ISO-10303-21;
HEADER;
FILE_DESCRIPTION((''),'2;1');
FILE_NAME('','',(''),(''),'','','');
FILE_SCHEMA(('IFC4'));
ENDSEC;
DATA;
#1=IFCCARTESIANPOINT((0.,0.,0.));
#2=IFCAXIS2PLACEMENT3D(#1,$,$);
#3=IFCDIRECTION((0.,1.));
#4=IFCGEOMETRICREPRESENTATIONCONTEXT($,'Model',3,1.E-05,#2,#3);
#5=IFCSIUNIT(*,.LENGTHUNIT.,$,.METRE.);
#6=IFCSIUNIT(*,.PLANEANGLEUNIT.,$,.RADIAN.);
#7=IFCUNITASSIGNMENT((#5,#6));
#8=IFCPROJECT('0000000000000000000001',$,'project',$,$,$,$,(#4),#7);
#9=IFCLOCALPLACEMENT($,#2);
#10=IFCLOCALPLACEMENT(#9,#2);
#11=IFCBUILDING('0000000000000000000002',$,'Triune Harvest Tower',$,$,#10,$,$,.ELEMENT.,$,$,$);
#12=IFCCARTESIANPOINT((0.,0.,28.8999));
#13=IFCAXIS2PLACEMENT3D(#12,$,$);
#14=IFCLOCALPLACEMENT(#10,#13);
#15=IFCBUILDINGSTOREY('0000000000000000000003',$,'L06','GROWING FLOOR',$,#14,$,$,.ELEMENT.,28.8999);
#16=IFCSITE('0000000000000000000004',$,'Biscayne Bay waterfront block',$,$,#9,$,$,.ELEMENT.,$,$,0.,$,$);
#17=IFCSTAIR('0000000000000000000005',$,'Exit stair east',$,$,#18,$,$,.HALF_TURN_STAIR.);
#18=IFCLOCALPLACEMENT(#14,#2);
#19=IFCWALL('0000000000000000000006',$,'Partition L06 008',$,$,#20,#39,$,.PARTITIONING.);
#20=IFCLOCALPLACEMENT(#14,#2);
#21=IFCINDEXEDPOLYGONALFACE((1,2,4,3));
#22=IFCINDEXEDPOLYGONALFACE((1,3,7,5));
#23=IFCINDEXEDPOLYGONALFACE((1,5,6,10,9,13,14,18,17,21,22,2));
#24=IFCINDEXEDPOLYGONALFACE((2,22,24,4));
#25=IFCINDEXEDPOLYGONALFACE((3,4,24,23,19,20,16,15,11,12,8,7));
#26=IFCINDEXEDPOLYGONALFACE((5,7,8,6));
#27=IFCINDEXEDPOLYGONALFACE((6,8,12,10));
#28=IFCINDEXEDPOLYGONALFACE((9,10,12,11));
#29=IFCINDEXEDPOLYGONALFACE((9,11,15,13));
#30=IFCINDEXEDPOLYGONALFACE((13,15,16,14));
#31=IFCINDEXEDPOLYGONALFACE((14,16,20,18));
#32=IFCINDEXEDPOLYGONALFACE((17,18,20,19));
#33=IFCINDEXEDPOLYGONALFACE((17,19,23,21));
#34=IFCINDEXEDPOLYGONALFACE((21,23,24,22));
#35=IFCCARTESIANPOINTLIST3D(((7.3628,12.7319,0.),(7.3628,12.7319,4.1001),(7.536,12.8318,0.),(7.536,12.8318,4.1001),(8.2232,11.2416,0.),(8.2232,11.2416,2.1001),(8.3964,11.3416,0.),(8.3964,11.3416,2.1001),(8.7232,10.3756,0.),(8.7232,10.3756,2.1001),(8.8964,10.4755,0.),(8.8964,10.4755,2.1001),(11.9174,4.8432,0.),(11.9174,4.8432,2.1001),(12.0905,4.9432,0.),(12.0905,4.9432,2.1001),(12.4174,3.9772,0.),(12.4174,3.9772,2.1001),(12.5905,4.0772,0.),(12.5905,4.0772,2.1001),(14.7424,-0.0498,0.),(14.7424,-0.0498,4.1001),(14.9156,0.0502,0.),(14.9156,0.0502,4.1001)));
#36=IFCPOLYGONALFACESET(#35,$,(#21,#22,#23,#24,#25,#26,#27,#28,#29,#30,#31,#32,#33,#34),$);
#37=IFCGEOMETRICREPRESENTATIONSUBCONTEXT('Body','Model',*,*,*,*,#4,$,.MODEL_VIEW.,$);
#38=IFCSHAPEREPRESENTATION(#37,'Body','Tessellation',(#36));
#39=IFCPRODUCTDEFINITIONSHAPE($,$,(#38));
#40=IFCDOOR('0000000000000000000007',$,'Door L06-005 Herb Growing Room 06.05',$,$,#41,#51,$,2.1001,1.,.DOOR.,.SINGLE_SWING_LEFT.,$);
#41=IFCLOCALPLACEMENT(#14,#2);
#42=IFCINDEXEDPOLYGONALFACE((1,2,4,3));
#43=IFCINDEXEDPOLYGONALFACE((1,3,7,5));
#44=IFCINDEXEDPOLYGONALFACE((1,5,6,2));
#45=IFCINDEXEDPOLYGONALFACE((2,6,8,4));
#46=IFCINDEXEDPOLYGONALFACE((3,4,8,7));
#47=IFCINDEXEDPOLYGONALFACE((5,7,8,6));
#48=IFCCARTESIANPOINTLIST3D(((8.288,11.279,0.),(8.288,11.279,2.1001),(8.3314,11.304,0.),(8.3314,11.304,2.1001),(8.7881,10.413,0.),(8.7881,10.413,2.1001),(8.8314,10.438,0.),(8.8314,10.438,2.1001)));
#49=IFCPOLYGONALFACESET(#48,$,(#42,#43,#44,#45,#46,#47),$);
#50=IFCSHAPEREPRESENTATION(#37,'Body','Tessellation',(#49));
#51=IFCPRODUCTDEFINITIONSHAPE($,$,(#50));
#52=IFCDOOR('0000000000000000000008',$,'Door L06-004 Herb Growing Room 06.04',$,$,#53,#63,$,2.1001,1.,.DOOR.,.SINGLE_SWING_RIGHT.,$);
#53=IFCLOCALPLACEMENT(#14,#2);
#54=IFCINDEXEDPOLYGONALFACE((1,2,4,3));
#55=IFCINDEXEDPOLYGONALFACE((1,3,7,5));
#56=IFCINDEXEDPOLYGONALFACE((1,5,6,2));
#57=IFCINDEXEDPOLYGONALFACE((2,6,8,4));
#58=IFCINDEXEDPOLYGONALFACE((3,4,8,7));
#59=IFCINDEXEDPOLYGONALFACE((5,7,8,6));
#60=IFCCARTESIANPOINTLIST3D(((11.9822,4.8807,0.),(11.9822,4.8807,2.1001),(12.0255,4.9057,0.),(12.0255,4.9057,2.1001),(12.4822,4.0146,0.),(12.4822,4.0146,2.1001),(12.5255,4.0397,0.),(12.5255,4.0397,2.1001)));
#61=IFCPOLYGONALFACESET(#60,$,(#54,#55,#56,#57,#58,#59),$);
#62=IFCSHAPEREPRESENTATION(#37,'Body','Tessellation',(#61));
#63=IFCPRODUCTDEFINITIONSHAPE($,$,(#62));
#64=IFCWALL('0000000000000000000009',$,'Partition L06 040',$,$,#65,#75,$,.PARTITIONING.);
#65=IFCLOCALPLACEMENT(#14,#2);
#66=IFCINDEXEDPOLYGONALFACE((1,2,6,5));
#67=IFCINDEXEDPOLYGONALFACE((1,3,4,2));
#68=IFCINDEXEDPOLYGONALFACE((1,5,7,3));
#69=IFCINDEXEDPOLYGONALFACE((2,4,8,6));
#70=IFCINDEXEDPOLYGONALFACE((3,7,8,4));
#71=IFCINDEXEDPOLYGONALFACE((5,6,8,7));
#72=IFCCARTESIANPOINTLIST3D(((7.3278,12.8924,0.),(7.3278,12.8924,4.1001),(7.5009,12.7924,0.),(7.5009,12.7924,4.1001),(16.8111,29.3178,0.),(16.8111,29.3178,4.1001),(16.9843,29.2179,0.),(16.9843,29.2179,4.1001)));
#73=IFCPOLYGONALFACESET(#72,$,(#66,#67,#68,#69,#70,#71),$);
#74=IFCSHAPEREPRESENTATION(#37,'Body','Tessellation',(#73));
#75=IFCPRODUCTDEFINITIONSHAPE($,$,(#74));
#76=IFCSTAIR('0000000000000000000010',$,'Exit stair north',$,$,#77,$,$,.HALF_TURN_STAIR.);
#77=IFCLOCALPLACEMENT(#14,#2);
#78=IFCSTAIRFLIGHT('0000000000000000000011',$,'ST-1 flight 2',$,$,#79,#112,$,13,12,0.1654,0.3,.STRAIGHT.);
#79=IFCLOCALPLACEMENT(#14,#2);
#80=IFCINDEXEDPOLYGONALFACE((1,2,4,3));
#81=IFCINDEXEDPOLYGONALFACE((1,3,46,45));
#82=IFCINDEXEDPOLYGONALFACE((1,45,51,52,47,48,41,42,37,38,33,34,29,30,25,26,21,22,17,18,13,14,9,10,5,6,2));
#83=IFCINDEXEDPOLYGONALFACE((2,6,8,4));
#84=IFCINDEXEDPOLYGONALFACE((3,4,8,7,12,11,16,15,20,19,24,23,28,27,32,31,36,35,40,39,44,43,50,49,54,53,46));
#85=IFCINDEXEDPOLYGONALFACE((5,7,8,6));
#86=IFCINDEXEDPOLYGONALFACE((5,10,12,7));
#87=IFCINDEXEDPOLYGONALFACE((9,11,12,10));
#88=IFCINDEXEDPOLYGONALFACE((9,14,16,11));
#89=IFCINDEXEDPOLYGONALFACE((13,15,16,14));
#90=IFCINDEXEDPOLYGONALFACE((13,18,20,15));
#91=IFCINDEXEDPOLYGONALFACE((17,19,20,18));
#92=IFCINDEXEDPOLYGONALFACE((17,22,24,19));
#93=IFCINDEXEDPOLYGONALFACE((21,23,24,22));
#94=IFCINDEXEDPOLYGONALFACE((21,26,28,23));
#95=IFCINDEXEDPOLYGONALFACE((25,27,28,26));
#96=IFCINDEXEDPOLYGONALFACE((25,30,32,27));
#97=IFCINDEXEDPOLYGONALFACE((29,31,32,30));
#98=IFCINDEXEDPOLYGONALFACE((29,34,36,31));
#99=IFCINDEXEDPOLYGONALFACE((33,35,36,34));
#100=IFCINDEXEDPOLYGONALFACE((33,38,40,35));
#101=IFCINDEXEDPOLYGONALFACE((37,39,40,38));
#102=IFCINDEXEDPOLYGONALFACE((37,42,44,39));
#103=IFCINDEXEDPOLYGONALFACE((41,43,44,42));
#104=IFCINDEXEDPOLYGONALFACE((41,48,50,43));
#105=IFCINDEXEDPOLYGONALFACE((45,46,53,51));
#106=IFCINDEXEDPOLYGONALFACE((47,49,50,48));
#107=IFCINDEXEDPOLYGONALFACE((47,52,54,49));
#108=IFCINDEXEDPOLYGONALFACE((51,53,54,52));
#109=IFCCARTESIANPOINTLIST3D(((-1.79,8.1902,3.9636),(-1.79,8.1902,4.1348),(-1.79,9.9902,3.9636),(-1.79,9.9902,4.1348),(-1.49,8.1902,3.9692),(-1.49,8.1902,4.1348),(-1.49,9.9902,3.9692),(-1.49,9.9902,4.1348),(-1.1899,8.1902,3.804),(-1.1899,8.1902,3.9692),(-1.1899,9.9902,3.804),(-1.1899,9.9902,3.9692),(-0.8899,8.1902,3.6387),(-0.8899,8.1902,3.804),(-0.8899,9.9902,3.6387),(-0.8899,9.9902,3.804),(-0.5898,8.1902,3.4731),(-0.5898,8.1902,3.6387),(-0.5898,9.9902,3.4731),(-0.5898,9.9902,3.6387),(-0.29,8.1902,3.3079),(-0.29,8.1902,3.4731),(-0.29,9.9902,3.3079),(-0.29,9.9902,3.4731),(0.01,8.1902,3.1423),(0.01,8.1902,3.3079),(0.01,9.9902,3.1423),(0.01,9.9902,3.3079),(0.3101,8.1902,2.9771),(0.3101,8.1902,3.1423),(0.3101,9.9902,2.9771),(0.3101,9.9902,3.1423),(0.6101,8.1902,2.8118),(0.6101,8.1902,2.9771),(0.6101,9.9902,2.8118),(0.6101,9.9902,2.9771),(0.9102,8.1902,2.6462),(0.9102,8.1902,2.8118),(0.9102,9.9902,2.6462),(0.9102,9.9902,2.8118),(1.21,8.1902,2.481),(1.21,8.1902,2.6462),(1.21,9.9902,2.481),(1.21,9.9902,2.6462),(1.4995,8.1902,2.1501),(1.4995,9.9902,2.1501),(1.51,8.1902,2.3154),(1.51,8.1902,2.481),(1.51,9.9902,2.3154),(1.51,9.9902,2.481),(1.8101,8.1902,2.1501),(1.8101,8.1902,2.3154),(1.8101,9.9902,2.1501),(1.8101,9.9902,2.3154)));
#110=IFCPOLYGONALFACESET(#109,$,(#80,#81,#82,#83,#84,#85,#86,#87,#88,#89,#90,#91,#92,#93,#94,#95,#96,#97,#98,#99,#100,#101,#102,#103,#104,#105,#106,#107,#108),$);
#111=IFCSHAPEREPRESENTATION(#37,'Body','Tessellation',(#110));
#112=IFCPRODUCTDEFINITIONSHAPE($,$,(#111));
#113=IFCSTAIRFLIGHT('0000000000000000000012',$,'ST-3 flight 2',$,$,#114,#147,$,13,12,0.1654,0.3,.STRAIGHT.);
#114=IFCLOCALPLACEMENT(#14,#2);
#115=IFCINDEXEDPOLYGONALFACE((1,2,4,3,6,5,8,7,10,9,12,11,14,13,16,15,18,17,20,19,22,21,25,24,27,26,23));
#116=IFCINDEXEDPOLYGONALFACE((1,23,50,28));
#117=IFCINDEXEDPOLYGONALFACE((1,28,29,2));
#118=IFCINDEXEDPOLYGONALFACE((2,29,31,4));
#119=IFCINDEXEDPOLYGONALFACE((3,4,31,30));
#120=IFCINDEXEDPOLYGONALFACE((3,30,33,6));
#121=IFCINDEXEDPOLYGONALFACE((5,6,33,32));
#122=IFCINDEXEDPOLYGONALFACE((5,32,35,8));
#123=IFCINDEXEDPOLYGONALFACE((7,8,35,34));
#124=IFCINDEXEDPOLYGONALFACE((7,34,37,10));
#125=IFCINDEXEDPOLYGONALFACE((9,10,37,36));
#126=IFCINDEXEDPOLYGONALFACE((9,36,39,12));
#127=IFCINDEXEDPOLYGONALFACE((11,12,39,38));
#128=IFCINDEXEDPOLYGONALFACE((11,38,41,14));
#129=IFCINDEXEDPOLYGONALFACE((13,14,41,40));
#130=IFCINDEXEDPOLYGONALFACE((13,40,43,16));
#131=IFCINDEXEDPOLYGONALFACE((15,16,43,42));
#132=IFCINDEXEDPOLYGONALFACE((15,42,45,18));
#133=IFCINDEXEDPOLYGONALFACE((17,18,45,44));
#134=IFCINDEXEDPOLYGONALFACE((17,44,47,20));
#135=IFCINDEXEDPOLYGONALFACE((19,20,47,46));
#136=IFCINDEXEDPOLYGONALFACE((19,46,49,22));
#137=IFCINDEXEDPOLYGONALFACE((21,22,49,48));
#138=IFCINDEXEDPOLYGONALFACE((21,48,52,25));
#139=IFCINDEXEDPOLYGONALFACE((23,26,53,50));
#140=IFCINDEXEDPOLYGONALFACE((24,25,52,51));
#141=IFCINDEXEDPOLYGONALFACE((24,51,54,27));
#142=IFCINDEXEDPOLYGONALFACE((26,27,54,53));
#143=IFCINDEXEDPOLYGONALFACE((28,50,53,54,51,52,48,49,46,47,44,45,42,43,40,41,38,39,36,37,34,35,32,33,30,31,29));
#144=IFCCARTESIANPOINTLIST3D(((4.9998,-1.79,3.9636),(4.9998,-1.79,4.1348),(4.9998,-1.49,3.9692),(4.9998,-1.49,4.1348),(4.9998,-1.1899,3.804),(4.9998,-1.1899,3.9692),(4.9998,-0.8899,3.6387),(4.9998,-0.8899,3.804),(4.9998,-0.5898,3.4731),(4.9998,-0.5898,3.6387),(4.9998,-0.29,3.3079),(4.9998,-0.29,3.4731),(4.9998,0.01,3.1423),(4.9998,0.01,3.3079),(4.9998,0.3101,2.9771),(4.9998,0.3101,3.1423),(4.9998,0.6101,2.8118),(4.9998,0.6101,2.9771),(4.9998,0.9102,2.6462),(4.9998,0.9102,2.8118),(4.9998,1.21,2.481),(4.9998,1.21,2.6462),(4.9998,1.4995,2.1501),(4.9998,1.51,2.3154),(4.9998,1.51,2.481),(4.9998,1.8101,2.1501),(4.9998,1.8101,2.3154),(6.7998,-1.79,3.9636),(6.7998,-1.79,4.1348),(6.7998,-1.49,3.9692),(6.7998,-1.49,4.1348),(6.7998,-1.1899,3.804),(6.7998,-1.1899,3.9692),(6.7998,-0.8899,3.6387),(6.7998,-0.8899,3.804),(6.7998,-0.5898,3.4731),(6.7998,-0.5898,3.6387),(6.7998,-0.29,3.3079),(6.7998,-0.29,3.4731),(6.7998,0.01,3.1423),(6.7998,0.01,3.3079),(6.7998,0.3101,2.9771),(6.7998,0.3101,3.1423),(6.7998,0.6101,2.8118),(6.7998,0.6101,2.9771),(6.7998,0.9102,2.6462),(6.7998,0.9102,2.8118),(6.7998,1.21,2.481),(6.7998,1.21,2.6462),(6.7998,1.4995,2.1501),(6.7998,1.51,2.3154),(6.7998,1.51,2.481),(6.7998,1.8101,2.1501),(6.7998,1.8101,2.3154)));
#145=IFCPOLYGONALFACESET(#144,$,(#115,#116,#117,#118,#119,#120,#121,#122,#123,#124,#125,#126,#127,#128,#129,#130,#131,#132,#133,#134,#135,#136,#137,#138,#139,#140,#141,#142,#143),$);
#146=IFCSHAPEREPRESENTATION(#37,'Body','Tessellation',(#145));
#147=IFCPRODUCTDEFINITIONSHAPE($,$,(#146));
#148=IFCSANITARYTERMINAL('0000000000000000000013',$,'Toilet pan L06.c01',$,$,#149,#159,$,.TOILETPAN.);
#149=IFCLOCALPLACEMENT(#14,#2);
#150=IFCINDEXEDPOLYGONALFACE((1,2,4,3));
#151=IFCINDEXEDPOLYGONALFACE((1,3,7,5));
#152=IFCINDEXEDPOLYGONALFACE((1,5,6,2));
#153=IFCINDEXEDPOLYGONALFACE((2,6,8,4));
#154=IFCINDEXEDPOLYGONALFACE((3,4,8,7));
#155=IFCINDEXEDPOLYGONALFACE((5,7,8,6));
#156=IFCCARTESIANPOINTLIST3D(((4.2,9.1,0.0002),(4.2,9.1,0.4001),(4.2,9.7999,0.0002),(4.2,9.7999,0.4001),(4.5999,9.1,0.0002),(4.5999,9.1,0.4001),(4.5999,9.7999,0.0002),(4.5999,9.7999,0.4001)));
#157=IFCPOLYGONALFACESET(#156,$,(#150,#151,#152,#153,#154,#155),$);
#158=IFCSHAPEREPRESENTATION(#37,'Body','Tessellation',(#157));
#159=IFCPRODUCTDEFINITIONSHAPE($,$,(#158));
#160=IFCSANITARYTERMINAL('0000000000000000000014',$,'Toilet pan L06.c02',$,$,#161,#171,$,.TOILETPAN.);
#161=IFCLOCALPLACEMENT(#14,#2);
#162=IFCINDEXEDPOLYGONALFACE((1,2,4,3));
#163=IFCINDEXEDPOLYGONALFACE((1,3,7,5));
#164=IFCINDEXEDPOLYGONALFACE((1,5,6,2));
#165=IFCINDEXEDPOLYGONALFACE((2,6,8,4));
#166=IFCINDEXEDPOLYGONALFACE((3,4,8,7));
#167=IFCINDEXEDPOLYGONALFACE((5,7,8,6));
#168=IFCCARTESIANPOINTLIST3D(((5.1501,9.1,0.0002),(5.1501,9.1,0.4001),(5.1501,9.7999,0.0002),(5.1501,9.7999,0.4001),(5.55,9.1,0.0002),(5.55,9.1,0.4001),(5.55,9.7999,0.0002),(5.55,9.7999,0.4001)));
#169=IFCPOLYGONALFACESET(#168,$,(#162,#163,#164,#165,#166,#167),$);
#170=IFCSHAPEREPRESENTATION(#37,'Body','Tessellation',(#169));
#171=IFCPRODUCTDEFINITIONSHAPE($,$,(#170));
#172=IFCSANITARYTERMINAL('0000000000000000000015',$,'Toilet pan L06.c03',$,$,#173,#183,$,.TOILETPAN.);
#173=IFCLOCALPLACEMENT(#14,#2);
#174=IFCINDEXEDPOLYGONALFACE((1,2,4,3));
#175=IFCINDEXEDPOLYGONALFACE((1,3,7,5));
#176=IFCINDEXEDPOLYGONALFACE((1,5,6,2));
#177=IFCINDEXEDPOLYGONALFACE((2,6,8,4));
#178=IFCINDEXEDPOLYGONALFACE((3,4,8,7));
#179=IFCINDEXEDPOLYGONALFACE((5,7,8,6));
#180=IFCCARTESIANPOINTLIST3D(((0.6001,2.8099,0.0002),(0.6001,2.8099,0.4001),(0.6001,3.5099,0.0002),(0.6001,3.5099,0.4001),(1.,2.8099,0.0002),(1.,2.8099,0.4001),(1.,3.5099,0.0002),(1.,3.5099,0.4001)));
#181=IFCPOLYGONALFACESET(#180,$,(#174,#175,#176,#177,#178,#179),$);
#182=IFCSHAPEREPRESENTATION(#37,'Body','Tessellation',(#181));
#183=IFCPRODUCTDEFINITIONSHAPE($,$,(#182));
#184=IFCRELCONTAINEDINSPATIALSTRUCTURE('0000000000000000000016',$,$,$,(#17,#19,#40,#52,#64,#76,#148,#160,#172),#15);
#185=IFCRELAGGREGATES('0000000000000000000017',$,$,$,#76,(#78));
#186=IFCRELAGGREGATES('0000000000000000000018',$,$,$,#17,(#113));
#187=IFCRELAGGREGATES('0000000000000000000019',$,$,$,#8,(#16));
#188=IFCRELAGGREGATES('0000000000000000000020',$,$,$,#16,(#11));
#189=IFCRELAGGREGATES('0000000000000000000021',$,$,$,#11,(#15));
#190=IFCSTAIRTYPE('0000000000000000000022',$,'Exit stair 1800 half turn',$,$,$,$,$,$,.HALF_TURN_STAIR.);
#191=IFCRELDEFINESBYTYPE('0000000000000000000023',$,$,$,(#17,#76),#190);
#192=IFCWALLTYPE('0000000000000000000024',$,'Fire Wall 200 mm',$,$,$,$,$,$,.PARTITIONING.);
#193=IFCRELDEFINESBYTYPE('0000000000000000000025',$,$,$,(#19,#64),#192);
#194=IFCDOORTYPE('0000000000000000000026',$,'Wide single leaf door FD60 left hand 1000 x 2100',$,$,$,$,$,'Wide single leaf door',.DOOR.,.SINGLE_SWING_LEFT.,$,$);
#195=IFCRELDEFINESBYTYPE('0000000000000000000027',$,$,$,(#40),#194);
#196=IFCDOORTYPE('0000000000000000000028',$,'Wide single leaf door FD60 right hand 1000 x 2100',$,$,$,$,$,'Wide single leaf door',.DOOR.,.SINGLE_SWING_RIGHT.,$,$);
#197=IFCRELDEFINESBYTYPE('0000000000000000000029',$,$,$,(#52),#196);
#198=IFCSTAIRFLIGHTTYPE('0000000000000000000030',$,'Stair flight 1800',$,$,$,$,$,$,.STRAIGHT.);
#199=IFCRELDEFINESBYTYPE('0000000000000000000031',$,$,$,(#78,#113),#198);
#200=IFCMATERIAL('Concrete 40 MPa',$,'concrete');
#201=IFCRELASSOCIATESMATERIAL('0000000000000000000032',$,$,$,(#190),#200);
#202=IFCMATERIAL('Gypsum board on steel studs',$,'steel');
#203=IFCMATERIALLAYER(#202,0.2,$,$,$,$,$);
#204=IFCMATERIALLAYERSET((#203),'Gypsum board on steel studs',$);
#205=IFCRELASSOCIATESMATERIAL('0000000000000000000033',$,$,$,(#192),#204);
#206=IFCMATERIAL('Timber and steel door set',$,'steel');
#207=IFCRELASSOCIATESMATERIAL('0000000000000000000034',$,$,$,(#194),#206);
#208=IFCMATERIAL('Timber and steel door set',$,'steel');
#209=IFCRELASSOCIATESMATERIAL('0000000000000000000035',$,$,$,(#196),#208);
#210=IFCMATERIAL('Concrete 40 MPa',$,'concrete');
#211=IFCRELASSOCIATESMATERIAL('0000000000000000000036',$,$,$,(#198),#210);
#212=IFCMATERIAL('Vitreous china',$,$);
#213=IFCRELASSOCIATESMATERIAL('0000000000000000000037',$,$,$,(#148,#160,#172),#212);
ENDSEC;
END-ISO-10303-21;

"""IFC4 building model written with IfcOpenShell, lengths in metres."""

from ifc_helpers import new_model, si_unit, direction, frame, frame_2d, origin, origin_2d, place, context, subcontext, project, spatial, polyline, rectangle, outline, extrude, source, transform, mapped, material, layer, layer_set, type_object, element, fill, aggregate, save


model = new_model("IFC4")

# Units and contexts
model_context = context("Model", 3, precision=1e-05, world=origin(), true_north=direction((0.0, 1.0)))
body_context = subcontext(model_context, "Body", "Model", "MODEL_VIEW")
ifc_project = project(units=[si_unit("LENGTHUNIT", "METRE"), si_unit("PLANEANGLEUNIT", "RADIAN")], contexts=[model_context])

# Site, building, storey
site_placement = place(None, origin())
site = spatial("IfcSite", under=ifc_project, at=site_placement, Name="Biscayne Bay waterfront block", CompositionType="ELEMENT", RefElevation=0.0)
building_placement = place(site_placement, origin())
building = spatial("IfcBuilding", under=site, at=building_placement, Name="Triune Harvest Tower", CompositionType="ELEMENT")
storey_placement = place(building_placement, frame((0.0, 0.0, 28.8999)))
storey = spatial("IfcBuildingStorey", under=building, at=storey_placement, Name="L06", Description="GROWING FLOOR", CompositionType="ELEMENT", Elevation=28.8999)

# Stair
ifc_material_1 = material(Name="Concrete 40 MPa", Category="concrete")
stair_type = type_object("IfcStairType", Name="Exit stair 1800 half turn", PredefinedType="HALF_TURN_STAIR", material=ifc_material_1)
stair_1_placement = place(storey_placement, origin())
stair_1 = element("IfcStair", 1, at=stair_1_placement, inside=storey, type_object=stair_type, Name="Exit stair east", PredefinedType="HALF_TURN_STAIR")

# Shared definitions
ifc_material_2 = material(Name="Gypsum board on steel studs", Category="steel")
ifc_layer_1 = layer(ifc_material_2, 0.2)
ifc_layer_set_1 = layer_set([ifc_layer_1], Name="Gypsum board on steel studs")
wall_type_1 = type_object("IfcWallType", Name="Fire Wall 200 mm", PredefinedType="PARTITIONING", material=ifc_layer_set_1)

# Wall, openings, doors
shared_shape_1 = source(origin(), body_context, "Body", "SweptSolid", [
    extrude(rectangle(XDim=14.759, YDim=0.2, at=frame_2d((7.3794, 0.0))), origin(), (0.0, 0.0, 1.0), 4.1001),
])
wall_1_placement = place(storey_placement, frame((7.4495, 12.7817, 0.0), z_axis=(0.0, 0.0, 1.0), x_axis=(0.500005, -0.866023, 0.0)))
wall_1 = element("IfcWall", 2, at=wall_1_placement, inside=storey, type_object=wall_type_1, Name="Partition L06 008", PredefinedType="PARTITIONING", context=body_context, shape_type="MappedRepresentation", body=[
    mapped(shared_shape_1, transform((0.0, 0.0, 0.0), scale=1.0)),
])
opening_1_placement = place(wall_1_placement, frame((9.1089, 0.0, 0.0)))
opening_1 = element("IfcOpeningElement", 3, at=opening_1_placement, cuts=wall_1, PredefinedType="OPENING", context=body_context, shape_type="SweptSolid", body=[
    extrude(rectangle(XDim=1.0, YDim=2.1001, at=frame_2d((0.5, 1.05))), frame((0.0, 0.1099, 0.0), z_axis=(0.0, -1.0, 0.0), x_axis=(1.0, 0.0, 0.0)), (0.0, 0.0, 1.0), 0.22),
])
opening_2_placement = place(wall_1_placement, frame((1.7207, 0.0, 0.0)))
opening_2 = element("IfcOpeningElement", 4, at=opening_2_placement, cuts=wall_1, PredefinedType="OPENING", context=body_context, shape_type="SweptSolid", body=[
    extrude(rectangle(XDim=1.0, YDim=2.1001, at=frame_2d((0.5, 1.05))), frame((0.0, 0.1099, 0.0), z_axis=(0.0, -1.0, 0.0), x_axis=(1.0, 0.0, 0.0)), (0.0, 0.0, 1.0), 0.22),
])
ifc_material_3 = material(Name="Timber and steel door set", Category="steel")
door_type_1 = type_object("IfcDoorType", Name="Wide single leaf door FD60 left hand 1000 x 2100", ElementType="Wide single leaf door", OperationType="SINGLE_SWING_LEFT", PredefinedType="DOOR", material=ifc_material_3)
door_1_placement = place(opening_2_placement, origin())
door_1 = element("IfcDoor", 5, at=door_1_placement, inside=storey, type_object=door_type_1, Name="Door L06-005 Herb Growing Room 06.05", OperationType="SINGLE_SWING_LEFT", OverallHeight=2.1001, OverallWidth=1.0, PredefinedType="DOOR", context=body_context, shape_type="SweptSolid", body=[
    extrude(rectangle(XDim=1.0, YDim=2.1001, at=frame_2d((0.5, 1.05))), frame((0.0, 0.0249, 0.0), z_axis=(0.0, -1.0, 0.0), x_axis=(1.0, 0.0, 0.0)), (0.0, 0.0, 1.0), 0.05),
])
fill(opening_2, door_1)
ifc_material_4 = material(Name="Timber and steel door set", Category="steel")
door_type_2 = type_object("IfcDoorType", Name="Wide single leaf door FD60 right hand 1000 x 2100", ElementType="Wide single leaf door", OperationType="SINGLE_SWING_RIGHT", PredefinedType="DOOR", material=ifc_material_4)
door_2_placement = place(opening_1_placement, origin())
door_2 = element("IfcDoor", 6, at=door_2_placement, inside=storey, type_object=door_type_2, Name="Door L06-004 Herb Growing Room 06.04", OperationType="SINGLE_SWING_RIGHT", OverallHeight=2.1001, OverallWidth=1.0, PredefinedType="DOOR", context=body_context, shape_type="SweptSolid", body=[
    extrude(rectangle(XDim=1.0, YDim=2.1001, at=frame_2d((0.5, 1.05))), frame((0.0, 0.0249, 0.0), z_axis=(0.0, -1.0, 0.0), x_axis=(1.0, 0.0, 0.0)), (0.0, 0.0, 1.0), 0.05),
])
fill(opening_1, door_2)

# Wall
shared_shape_2 = source(origin(), body_context, "Body", "SweptSolid", [
    extrude(rectangle(XDim=18.9666, YDim=0.2, at=frame_2d((9.4834, 0.0))), origin(), (0.0, 0.0, 1.0), 4.1001),
])
wall_2_placement = place(storey_placement, frame((7.4143, 12.8423, 0.0), z_axis=(0.0, 0.0, 1.0), x_axis=(0.500004, 0.866023, 0.0)))
element("IfcWall", 7, at=wall_2_placement, inside=storey, type_object=wall_type_1, Name="Partition L06 040", PredefinedType="PARTITIONING", context=body_context, shape_type="MappedRepresentation", body=[
    mapped(shared_shape_2, transform((0.0, 0.0, 0.0), scale=1.0)),
])

# Stair, stair flight
stair_2_placement = place(storey_placement, origin())
stair_2 = element("IfcStair", 8, at=stair_2_placement, inside=storey, type_object=stair_type, Name="Exit stair north", PredefinedType="HALF_TURN_STAIR")
ifc_material_5 = material(Name="Concrete 40 MPa", Category="concrete")
stair_flight_type = type_object("IfcStairFlightType", Name="Stair flight 1800", PredefinedType="STRAIGHT", material=ifc_material_5)
shared_shape_3 = source(origin(), body_context, "Body", "SweptSolid", [
    extrude(outline(polyline([(0.0, 0.0), (0.0, 0.1653), (0.3, 0.1653), (0.3, 0.3308), (0.6001, 0.3308), (0.6001, 0.4961), (0.8999, 0.4961), (0.8999, 0.6616), (1.2, 0.6616), (1.2, 0.8269), (1.5, 0.8269), (1.5, 0.9922), (1.8, 0.9922), (1.8, 1.1577), (2.1001, 1.1577), (2.1001, 1.323), (2.3999, 1.323), (2.3999, 1.4885), (2.7, 1.4885), (2.7, 1.6538), (3.0, 1.6538), (3.0, 1.8191), (3.3, 1.8191), (3.3, 1.9846), (3.6001, 1.9846), (3.6001, 2.1499), (3.6001, 1.8135), (0.3105, 0.0), (0.0, 0.0)])), frame((0.0, 0.8999, 0.0), z_axis=(0.0, -1.0, 0.0), x_axis=(1.0, 0.0, 0.0)), (0.0, 0.0, 1.0), 1.8),
])
stair_flight_1_placement = place(storey_placement, frame((1.8101, 9.0901, 2.1501), z_axis=(0.0, 0.0, 1.0), x_axis=(-1.0, 0.0, 0.0)))
stair_flight_1 = element("IfcStairFlight", 9, at=stair_flight_1_placement, type_object=stair_flight_type, Name="ST-1 flight 2", NumberOfRisers=13, NumberOfTreads=12, PredefinedType="STRAIGHT", RiserHeight=0.1654, TreadLength=0.3, context=body_context, shape_type="MappedRepresentation", body=[
    mapped(shared_shape_3, transform((0.0, 0.0, 0.0), scale=1.0)),
])
aggregate(stair_2, [stair_flight_1])

# Stair flight
stair_flight_2_placement = place(storey_placement, frame((5.8999, 1.8101, 2.1501), z_axis=(0.0, 0.0, 1.0), x_axis=(0.0, -1.0, 0.0)))
stair_flight_2 = element("IfcStairFlight", 10, at=stair_flight_2_placement, type_object=stair_flight_type, Name="ST-3 flight 2", NumberOfRisers=13, NumberOfTreads=12, PredefinedType="STRAIGHT", RiserHeight=0.1654, TreadLength=0.3, context=body_context, shape_type="MappedRepresentation", body=[
    mapped(shared_shape_3, transform((0.0, 0.0, 0.0), scale=1.0)),
])
aggregate(stair_1, [stair_flight_2])

# Sanitary terminals
ifc_material_6 = material(Name="Vitreous china")
shared_shape_4 = source(origin(), body_context, "Body", "SweptSolid", [
    extrude(rectangle(XDim=0.3999, YDim=0.7, at=origin_2d()), origin(), (0.0, 0.0, 1.0), 0.3999),
])
for number, where, z_axis, x_axis, name in (
    (11, (4.3999, 9.45, 0.0002), (0.0, 0.0, 1.0), (1.0, 0.0, 0.0), "Toilet pan L06.c01"),
    (12, (5.3501, 9.45, 0.0002), (0.0, 0.0, 1.0), (1.0, 0.0, 0.0), "Toilet pan L06.c02"),
    (13, (0.8, 3.1599, 0.0002), (0.0, 0.0, 1.0), (-1.0, 0.0, 0.0), "Toilet pan L06.c03"),
):
    element("IfcSanitaryTerminal", number, at=place(storey_placement, frame(where, z_axis=z_axis, x_axis=x_axis)), inside=storey, material=ifc_material_6, Name=name, PredefinedType="TOILETPAN", context=body_context, shape_type="MappedRepresentation", body=[
        mapped(shared_shape_4, transform((0.0, 0.0, 0.0), scale=1.0)),
    ])

save(model, "model.ifc")
